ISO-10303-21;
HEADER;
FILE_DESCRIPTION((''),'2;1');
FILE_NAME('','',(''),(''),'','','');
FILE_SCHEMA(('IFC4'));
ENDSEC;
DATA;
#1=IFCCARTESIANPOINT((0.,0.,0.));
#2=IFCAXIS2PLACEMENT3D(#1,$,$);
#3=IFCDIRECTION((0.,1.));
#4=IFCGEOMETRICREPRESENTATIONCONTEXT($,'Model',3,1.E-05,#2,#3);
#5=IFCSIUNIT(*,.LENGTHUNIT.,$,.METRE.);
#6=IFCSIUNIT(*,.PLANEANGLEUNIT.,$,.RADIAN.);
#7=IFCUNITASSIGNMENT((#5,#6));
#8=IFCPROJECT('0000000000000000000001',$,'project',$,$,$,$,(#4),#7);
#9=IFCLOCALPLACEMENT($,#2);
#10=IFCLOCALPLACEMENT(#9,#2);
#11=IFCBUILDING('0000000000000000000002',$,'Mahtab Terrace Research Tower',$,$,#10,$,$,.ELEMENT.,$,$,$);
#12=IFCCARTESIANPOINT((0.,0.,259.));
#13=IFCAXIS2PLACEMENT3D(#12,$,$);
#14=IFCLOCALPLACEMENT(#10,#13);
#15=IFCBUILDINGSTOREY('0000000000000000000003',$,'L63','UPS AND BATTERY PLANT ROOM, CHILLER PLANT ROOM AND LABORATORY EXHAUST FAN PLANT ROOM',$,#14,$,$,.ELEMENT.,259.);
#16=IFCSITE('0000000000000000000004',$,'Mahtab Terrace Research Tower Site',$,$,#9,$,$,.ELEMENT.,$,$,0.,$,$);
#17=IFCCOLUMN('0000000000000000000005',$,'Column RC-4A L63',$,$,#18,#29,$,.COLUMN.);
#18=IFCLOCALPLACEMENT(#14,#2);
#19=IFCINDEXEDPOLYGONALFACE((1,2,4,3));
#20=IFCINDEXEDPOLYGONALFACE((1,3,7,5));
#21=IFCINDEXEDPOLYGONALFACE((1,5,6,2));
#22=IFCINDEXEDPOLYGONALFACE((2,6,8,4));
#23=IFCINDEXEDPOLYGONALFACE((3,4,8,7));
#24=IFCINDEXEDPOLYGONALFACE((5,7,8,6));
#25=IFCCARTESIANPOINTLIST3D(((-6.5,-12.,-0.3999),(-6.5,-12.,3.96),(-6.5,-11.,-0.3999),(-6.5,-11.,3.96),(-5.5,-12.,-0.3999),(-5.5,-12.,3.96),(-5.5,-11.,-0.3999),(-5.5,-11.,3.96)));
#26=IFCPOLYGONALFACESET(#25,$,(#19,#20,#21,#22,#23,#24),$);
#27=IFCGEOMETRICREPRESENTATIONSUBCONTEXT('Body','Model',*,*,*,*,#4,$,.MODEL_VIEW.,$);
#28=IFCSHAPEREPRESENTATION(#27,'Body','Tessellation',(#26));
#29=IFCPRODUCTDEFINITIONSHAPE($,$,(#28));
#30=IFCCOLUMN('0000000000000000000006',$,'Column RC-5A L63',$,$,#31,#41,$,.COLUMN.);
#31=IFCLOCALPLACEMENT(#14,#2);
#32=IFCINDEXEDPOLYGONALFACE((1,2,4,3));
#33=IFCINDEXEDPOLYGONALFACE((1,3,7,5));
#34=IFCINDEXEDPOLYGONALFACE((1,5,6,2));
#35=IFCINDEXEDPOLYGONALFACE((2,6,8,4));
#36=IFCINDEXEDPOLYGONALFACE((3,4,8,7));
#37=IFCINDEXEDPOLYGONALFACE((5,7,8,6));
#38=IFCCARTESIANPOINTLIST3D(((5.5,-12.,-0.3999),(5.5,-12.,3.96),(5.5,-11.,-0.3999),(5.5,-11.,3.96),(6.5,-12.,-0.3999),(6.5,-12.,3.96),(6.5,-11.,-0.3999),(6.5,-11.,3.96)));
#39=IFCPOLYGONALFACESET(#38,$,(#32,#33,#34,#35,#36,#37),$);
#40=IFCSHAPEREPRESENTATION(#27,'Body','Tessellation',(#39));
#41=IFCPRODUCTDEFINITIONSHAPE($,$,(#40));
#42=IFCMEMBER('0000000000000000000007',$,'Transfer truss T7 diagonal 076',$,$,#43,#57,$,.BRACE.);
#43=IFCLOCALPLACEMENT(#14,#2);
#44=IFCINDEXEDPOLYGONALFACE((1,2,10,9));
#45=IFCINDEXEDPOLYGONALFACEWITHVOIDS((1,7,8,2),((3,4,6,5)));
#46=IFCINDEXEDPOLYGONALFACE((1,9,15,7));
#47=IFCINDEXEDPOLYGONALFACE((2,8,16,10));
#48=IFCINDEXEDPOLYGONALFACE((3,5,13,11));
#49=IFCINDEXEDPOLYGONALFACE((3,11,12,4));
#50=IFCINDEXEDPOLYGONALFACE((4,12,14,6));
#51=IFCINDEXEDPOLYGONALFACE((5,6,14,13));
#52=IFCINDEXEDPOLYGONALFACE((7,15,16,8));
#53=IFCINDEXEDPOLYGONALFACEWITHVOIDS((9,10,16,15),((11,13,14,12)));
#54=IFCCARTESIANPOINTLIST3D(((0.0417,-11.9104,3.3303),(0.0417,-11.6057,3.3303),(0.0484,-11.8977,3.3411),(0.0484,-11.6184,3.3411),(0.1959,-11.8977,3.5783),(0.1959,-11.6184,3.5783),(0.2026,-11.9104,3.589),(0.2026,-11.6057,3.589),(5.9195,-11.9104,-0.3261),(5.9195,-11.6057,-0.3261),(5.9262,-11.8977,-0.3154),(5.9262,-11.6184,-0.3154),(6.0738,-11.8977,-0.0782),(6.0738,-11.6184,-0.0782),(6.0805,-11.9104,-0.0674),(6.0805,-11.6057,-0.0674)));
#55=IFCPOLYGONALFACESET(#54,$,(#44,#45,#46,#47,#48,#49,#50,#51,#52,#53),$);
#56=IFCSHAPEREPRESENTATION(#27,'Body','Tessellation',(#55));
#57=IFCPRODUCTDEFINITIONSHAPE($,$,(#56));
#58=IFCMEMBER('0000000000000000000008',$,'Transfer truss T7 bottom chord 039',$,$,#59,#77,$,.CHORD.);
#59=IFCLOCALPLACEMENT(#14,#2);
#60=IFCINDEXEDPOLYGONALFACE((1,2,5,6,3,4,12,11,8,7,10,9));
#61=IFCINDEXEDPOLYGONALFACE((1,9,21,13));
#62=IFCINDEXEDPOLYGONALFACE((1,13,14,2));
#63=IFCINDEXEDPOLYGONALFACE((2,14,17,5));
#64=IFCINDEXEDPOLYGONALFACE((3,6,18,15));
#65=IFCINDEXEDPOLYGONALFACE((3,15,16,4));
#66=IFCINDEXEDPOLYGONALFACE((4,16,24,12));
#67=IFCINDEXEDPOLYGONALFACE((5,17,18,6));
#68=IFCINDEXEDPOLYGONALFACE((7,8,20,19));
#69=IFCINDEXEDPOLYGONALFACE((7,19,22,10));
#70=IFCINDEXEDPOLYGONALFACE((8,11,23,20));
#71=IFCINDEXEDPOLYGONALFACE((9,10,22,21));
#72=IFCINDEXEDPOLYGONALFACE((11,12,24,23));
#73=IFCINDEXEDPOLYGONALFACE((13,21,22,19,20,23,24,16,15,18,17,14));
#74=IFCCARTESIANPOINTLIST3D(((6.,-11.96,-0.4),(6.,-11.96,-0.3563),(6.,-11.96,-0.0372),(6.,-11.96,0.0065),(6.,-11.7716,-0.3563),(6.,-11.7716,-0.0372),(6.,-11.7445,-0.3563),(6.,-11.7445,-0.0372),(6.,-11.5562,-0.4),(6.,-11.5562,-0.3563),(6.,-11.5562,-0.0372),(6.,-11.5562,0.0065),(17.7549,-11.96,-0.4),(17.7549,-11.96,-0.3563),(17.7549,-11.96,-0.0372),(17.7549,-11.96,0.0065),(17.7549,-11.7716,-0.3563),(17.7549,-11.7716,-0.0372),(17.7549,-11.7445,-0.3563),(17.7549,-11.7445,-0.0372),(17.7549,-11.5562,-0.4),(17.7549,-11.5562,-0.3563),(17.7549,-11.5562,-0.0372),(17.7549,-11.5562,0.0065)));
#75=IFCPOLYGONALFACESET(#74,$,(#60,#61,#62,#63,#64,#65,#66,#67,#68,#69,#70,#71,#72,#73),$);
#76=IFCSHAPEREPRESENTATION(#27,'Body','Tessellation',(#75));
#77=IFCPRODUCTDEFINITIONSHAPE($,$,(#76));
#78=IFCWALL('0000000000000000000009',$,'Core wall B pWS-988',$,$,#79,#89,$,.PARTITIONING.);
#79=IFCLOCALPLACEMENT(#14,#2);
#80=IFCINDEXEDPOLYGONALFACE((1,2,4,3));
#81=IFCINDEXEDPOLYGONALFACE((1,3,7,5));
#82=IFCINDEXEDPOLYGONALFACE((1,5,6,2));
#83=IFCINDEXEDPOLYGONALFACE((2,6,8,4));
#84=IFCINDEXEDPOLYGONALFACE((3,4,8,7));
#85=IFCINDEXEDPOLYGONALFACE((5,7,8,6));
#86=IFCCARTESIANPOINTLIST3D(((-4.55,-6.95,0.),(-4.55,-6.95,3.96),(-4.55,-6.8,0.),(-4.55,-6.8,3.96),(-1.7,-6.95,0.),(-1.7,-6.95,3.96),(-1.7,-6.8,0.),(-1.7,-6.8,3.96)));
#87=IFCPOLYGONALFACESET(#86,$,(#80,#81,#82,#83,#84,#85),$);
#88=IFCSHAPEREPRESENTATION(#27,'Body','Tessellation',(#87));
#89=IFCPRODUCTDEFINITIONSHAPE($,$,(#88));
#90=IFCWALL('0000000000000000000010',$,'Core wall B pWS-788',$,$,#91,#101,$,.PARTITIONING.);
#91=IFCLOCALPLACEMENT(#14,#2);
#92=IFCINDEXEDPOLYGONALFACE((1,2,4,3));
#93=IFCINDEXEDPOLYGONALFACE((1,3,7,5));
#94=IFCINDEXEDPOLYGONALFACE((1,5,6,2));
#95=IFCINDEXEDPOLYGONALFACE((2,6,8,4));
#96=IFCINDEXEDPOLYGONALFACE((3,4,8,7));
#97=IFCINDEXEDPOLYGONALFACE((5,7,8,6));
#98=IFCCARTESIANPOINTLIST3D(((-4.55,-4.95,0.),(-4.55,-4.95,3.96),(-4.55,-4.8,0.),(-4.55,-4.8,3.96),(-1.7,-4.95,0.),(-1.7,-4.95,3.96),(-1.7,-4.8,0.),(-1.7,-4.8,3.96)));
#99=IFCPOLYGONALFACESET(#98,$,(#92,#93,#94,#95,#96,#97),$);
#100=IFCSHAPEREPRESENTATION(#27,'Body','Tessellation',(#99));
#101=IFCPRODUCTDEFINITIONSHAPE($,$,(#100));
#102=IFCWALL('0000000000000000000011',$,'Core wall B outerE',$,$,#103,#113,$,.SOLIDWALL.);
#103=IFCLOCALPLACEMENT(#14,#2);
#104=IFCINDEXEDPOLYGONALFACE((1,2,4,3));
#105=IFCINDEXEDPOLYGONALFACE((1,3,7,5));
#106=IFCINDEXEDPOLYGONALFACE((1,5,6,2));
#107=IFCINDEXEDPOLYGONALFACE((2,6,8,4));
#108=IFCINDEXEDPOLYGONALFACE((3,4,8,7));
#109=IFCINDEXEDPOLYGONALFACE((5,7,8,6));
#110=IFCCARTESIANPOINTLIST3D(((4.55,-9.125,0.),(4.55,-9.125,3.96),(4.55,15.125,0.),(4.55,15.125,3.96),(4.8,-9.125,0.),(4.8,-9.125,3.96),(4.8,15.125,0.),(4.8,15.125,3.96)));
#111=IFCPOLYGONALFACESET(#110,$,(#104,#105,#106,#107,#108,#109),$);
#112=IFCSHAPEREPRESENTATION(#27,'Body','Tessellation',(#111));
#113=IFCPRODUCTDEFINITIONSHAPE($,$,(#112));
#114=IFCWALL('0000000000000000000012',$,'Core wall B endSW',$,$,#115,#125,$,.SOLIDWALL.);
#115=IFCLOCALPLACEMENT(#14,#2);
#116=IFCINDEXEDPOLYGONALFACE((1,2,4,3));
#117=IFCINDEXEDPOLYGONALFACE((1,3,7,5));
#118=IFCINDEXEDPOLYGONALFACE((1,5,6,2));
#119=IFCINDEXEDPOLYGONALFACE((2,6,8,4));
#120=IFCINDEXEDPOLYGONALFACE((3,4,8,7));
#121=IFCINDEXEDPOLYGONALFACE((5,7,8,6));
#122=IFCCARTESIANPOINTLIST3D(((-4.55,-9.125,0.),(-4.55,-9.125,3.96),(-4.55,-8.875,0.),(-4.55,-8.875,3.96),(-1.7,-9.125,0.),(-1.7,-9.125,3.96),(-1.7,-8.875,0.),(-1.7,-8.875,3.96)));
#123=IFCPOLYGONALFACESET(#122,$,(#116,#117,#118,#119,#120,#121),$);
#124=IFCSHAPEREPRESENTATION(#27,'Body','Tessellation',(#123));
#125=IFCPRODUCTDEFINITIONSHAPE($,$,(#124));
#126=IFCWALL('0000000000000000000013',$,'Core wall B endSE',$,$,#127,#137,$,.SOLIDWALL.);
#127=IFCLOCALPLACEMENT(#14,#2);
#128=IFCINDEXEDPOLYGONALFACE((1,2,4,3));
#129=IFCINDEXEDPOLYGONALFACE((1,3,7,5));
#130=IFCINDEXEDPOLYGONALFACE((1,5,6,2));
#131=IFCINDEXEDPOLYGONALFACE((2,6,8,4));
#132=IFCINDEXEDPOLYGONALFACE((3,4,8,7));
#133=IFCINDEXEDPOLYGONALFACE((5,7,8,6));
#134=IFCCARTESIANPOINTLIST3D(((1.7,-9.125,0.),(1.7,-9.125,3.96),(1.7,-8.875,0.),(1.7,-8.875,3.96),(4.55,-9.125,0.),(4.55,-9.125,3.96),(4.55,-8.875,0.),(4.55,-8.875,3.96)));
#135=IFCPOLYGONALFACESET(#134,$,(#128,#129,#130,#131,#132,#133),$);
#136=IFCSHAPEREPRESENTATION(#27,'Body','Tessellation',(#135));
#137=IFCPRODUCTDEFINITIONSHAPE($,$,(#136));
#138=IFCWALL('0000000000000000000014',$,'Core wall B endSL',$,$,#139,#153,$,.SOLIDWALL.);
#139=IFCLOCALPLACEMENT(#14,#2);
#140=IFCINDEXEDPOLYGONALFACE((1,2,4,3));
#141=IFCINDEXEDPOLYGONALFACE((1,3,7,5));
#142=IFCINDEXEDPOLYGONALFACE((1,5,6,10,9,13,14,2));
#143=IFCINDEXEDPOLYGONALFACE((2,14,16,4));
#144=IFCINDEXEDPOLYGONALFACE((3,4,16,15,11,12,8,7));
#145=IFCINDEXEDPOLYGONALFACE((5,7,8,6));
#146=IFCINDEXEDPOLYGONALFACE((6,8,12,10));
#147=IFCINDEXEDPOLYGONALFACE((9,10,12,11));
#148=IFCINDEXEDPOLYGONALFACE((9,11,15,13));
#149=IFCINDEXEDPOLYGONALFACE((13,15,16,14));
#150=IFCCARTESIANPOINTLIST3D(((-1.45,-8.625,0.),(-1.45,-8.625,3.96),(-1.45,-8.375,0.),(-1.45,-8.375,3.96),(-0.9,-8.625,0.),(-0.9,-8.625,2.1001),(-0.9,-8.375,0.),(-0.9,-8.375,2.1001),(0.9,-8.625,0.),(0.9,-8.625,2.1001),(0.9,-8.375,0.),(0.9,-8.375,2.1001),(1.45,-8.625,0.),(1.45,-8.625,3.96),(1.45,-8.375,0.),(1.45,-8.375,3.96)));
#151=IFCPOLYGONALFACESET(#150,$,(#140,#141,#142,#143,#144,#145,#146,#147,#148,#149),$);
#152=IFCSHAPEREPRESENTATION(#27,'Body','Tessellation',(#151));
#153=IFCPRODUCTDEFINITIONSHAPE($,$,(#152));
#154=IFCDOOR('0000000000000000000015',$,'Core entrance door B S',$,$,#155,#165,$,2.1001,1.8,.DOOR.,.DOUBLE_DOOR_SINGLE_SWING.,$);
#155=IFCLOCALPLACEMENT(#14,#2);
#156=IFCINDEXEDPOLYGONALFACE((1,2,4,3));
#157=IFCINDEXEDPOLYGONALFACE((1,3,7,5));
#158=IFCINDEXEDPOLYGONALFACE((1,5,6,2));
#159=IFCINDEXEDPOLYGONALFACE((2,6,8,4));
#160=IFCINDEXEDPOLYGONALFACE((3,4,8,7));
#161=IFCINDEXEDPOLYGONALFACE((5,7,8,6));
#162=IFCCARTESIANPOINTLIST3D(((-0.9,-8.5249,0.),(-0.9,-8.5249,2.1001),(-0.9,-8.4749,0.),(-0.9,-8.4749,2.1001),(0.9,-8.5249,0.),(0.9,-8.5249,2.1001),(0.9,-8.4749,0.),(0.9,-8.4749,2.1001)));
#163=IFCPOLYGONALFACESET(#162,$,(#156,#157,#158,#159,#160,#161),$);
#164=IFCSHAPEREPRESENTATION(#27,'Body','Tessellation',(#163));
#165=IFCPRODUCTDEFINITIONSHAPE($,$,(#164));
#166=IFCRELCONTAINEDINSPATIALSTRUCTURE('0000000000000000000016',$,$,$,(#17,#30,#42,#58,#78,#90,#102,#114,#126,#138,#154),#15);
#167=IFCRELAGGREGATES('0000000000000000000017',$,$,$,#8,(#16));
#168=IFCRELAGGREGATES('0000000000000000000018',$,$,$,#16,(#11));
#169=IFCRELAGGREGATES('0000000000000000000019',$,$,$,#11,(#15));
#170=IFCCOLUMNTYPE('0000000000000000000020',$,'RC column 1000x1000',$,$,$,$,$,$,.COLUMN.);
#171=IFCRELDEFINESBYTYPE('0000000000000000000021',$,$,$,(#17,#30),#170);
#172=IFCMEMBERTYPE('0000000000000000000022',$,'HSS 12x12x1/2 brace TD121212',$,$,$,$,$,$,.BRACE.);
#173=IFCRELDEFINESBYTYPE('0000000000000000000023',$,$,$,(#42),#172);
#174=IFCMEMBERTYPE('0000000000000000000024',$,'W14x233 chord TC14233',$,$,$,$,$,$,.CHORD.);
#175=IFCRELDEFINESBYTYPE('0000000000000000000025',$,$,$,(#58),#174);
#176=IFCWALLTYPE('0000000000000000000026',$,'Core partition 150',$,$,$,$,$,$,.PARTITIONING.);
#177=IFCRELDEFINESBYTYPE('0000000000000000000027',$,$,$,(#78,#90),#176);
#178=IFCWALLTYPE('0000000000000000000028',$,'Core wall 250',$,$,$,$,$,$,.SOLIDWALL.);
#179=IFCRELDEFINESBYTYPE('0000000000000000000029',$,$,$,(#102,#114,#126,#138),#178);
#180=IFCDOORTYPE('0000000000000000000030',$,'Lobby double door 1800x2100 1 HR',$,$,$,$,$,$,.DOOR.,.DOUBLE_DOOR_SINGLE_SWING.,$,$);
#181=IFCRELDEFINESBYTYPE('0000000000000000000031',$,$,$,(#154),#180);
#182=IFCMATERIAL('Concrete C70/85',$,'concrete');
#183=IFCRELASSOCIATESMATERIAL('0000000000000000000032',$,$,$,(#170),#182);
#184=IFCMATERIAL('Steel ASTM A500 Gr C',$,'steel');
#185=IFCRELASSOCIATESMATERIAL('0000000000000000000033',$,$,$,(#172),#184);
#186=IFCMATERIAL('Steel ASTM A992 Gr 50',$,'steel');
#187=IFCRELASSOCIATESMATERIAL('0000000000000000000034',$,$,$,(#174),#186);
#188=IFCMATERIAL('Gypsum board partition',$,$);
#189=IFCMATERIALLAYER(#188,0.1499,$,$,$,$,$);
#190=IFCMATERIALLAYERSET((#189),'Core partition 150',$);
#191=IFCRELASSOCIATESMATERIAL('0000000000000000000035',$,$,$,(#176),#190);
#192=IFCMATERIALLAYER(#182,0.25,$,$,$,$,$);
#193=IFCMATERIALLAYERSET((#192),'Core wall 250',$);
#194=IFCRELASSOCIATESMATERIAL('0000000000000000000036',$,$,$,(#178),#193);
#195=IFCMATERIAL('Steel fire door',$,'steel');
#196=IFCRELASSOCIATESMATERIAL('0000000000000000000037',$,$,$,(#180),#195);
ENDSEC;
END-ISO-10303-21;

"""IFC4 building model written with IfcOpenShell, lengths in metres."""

from ifc_helpers import new_model, si_unit, direction, frame, frame_2d, origin, origin_2d, place, context, subcontext, project, spatial, rectangle, hollow_rectangle, i_section, extrude, material, layer, layer_set, material_profile, profile_set, type_object, element, fill, save


model = new_model("IFC4")

# Units and contexts
model_context = context("Model", 3, precision=1e-05, world=origin(), true_north=direction((0.0, 1.0)))
body_context = subcontext(model_context, "Body", "Model", "MODEL_VIEW")
ifc_project = project(units=[si_unit("LENGTHUNIT", "METRE"), si_unit("PLANEANGLEUNIT", "RADIAN")], contexts=[model_context])

# Site, building, storey
site_placement = place(None, origin())
site = spatial("IfcSite", under=ifc_project, at=site_placement, Name="Mahtab Terrace Research Tower Site", CompositionType="ELEMENT", RefElevation=0.0)
building_placement = place(site_placement, origin())
building = spatial("IfcBuilding", under=site, at=building_placement, Name="Mahtab Terrace Research Tower", CompositionType="ELEMENT")
storey_placement = place(building_placement, frame((0.0, 0.0, 259.0)))
storey = spatial("IfcBuildingStorey", under=building, at=storey_placement, Name="L63", Description="UPS AND BATTERY PLANT ROOM, CHILLER PLANT ROOM AND LABORATORY EXHAUST FAN PLANT ROOM", CompositionType="ELEMENT", Elevation=259.0)

# Columns
ifc_material_1 = material(Name="Concrete C70/85", Category="concrete")
ifc_material_profile_1 = material_profile(ifc_material_1, rectangle(XDim=1.0, YDim=1.0, at=origin_2d()), Name="RC column 1000x1000")
ifc_profile_set_1 = profile_set([ifc_material_profile_1], Name="Concrete C70/85")
column_type = type_object("IfcColumnType", Name="RC column 1000x1000", PredefinedType="COLUMN", material=ifc_profile_set_1)
for number, where, z_axis, x_axis, name in (
    (1, (-6.0, -11.5, -0.3999), (0.0, 0.0, 1.0), (1.0, 0.0, 0.0), "Column RC-4A L63"),
    (2, (6.0, -11.5, -0.3999), (0.0, 0.0, 1.0), (1.0, 0.0, 0.0), "Column RC-5A L63"),
):
    element("IfcColumn", number, at=place(storey_placement, frame(where, z_axis=z_axis, x_axis=x_axis)), inside=storey, type_object=column_type, Name=name, PredefinedType="COLUMN", context=body_context, shape_type="SweptSolid", body=[
        extrude(rectangle(XDim=1.0, YDim=1.0, at=origin_2d()), origin(), (0.0, 0.0, 1.0), 4.3599),
    ])

# Members
ifc_material_2 = material(Name="Steel ASTM A500 Gr C", Category="steel")
ifc_material_profile_2 = material_profile(ifc_material_2, hollow_rectangle(XDim=0.3047, YDim=0.3047, WallThickness=0.0127, at=origin_2d()), Name="HSS12X12X1/2")
ifc_profile_set_2 = profile_set([ifc_material_profile_2], Name="Steel ASTM A500 Gr C")
member_type_1 = type_object("IfcMemberType", Name="HSS 12x12x1/2 brace TD121212", PredefinedType="BRACE", material=ifc_profile_set_2)
member_1_placement = place(storey_placement, frame((6.0, -11.7581, -0.1968), z_axis=(-0.849114, 0.0, 0.52821), x_axis=(0.0, -1.0, 0.0)))
element("IfcMember", 3, at=member_1_placement, inside=storey, type_object=member_type_1, Name="Transfer truss T7 diagonal 076", PredefinedType="BRACE", context=body_context, shape_type="SweptSolid", body=[
    extrude(hollow_rectangle(XDim=0.3047, YDim=0.3047, WallThickness=0.0127, at=origin_2d()), origin(), (0.0, 0.0, 1.0), 6.9224),
])
ifc_material_3 = material(Name="Steel ASTM A992 Gr 50", Category="steel")
ifc_material_profile_3 = material_profile(ifc_material_3, i_section(OverallWidth=0.4038, OverallDepth=0.4065, WebThickness=0.0271, FlangeThickness=0.0437, at=origin_2d()), Name="W14X233")
ifc_profile_set_3 = profile_set([ifc_material_profile_3], Name="Steel ASTM A992 Gr 50")
member_type_2 = type_object("IfcMemberType", Name="W14x233 chord TC14233", PredefinedType="CHORD", material=ifc_profile_set_3)
member_2_placement = place(storey_placement, frame((6.0, -11.7581, -0.1968), z_axis=(1.0, 0.0, 0.0), x_axis=(0.0, 1.0, 0.0)))
element("IfcMember", 4, at=member_2_placement, inside=storey, type_object=member_type_2, Name="Transfer truss T7 bottom chord 039", PredefinedType="CHORD", context=body_context, shape_type="SweptSolid", body=[
    extrude(i_section(OverallWidth=0.4038, OverallDepth=0.4065, WebThickness=0.0271, FlangeThickness=0.0437, at=origin_2d()), origin(), (0.0, 0.0, 1.0), 11.7549),
])

# Walls
ifc_material_4 = material(Name="Gypsum board partition")
ifc_layer_1 = layer(ifc_material_4, 0.1499)
ifc_layer_set_1 = layer_set([ifc_layer_1], Name="Core partition 150")
wall_type_1 = type_object("IfcWallType", Name="Core partition 150", PredefinedType="PARTITIONING", material=ifc_layer_set_1)
for number, where, z_axis, x_axis, name in (
    (5, (-4.55, -6.875, 0.0), (0.0, 0.0, 1.0), (1.0, 0.0, 0.0), "Core wall B pWS-988"),
    (6, (-4.55, -4.875, 0.0), (0.0, 0.0, 1.0), (1.0, 0.0, 0.0), "Core wall B pWS-788"),
):
    element("IfcWall", number, at=place(storey_placement, frame(where, z_axis=z_axis, x_axis=x_axis)), inside=storey, type_object=wall_type_1, Name=name, PredefinedType="PARTITIONING", context=body_context, shape_type="SweptSolid", body=[
        extrude(rectangle(XDim=2.8501, YDim=0.1499, at=frame_2d((1.425, 0.0))), origin(), (0.0, 0.0, 1.0), 3.96),
    ])
ifc_layer_2 = layer(ifc_material_1, 0.25)
ifc_layer_set_2 = layer_set([ifc_layer_2], Name="Core wall 250")
wall_type_2 = type_object("IfcWallType", Name="Core wall 250", PredefinedType="SOLIDWALL", material=ifc_layer_set_2)
wall_1_placement = place(storey_placement, frame((4.675, -9.125, 0.0), z_axis=(0.0, 0.0, 1.0), x_axis=(0.0, 1.0, 0.0)))
element("IfcWall", 7, at=wall_1_placement, inside=storey, type_object=wall_type_2, Name="Core wall B outerE", PredefinedType="SOLIDWALL", context=body_context, shape_type="SweptSolid", body=[
    extrude(rectangle(XDim=24.25, YDim=0.25, at=frame_2d((12.125, 0.0))), origin(), (0.0, 0.0, 1.0), 3.96),
])
for number, where, z_axis, x_axis, name in (
    (8, (-1.7, -9.0, 0.0), (0.0, 0.0, 1.0), (-1.0, 0.0, 0.0), "Core wall B endSW"),
    (9, (4.55, -9.0, 0.0), (0.0, 0.0, 1.0), (-1.0, 0.0, 0.0), "Core wall B endSE"),
):
    element("IfcWall", number, at=place(storey_placement, frame(where, z_axis=z_axis, x_axis=x_axis)), inside=storey, type_object=wall_type_2, Name=name, PredefinedType="SOLIDWALL", context=body_context, shape_type="SweptSolid", body=[
        extrude(rectangle(XDim=2.8501, YDim=0.25, at=frame_2d((1.425, 0.0))), origin(), (0.0, 0.0, 1.0), 3.96),
    ])

# Wall, opening, door
wall_2_placement = place(storey_placement, frame((1.45, -8.5, 0.0), z_axis=(0.0, 0.0, 1.0), x_axis=(-1.0, 0.0, 0.0)))
wall_2 = element("IfcWall", 10, at=wall_2_placement, inside=storey, type_object=wall_type_2, Name="Core wall B endSL", PredefinedType="SOLIDWALL", context=body_context, shape_type="SweptSolid", body=[
    extrude(rectangle(XDim=2.8999, YDim=0.25, at=frame_2d((1.45, 0.0))), origin(), (0.0, 0.0, 1.0), 3.96),
])
opening_1_placement = place(wall_2_placement, frame((0.55, 0.0, 0.0)))
opening_1 = element("IfcOpeningElement", 11, at=opening_1_placement, cuts=wall_2, PredefinedType="OPENING", context=body_context, shape_type="SweptSolid", body=[
    extrude(rectangle(XDim=1.8, YDim=2.1001, at=frame_2d((0.8999, 1.05))), frame((0.0, 0.135, 0.0), z_axis=(0.0, -1.0, 0.0), x_axis=(1.0, 0.0, 0.0)), (0.0, 0.0, 1.0), 0.27),
])
ifc_material_5 = material(Name="Steel fire door", Category="steel")
door_type_1 = type_object("IfcDoorType", Name="Lobby double door 1800x2100 1 HR", OperationType="DOUBLE_DOOR_SINGLE_SWING", PredefinedType="DOOR", material=ifc_material_5)
door_1_placement = place(opening_1_placement, origin())
door_1 = element("IfcDoor", 12, at=door_1_placement, inside=storey, type_object=door_type_1, Name="Core entrance door B S", OperationType="DOUBLE_DOOR_SINGLE_SWING", OverallHeight=2.1001, OverallWidth=1.8, PredefinedType="DOOR", context=body_context, shape_type="SweptSolid", body=[
    extrude(rectangle(XDim=1.8, YDim=2.1001, at=frame_2d((0.8999, 1.05))), frame((0.0, 0.0249, 0.0), z_axis=(0.0, -1.0, 0.0), x_axis=(1.0, 0.0, 0.0)), (0.0, 0.0, 1.0), 0.05),
])
fill(opening_1, door_1)

save(model, "model.ifc")
